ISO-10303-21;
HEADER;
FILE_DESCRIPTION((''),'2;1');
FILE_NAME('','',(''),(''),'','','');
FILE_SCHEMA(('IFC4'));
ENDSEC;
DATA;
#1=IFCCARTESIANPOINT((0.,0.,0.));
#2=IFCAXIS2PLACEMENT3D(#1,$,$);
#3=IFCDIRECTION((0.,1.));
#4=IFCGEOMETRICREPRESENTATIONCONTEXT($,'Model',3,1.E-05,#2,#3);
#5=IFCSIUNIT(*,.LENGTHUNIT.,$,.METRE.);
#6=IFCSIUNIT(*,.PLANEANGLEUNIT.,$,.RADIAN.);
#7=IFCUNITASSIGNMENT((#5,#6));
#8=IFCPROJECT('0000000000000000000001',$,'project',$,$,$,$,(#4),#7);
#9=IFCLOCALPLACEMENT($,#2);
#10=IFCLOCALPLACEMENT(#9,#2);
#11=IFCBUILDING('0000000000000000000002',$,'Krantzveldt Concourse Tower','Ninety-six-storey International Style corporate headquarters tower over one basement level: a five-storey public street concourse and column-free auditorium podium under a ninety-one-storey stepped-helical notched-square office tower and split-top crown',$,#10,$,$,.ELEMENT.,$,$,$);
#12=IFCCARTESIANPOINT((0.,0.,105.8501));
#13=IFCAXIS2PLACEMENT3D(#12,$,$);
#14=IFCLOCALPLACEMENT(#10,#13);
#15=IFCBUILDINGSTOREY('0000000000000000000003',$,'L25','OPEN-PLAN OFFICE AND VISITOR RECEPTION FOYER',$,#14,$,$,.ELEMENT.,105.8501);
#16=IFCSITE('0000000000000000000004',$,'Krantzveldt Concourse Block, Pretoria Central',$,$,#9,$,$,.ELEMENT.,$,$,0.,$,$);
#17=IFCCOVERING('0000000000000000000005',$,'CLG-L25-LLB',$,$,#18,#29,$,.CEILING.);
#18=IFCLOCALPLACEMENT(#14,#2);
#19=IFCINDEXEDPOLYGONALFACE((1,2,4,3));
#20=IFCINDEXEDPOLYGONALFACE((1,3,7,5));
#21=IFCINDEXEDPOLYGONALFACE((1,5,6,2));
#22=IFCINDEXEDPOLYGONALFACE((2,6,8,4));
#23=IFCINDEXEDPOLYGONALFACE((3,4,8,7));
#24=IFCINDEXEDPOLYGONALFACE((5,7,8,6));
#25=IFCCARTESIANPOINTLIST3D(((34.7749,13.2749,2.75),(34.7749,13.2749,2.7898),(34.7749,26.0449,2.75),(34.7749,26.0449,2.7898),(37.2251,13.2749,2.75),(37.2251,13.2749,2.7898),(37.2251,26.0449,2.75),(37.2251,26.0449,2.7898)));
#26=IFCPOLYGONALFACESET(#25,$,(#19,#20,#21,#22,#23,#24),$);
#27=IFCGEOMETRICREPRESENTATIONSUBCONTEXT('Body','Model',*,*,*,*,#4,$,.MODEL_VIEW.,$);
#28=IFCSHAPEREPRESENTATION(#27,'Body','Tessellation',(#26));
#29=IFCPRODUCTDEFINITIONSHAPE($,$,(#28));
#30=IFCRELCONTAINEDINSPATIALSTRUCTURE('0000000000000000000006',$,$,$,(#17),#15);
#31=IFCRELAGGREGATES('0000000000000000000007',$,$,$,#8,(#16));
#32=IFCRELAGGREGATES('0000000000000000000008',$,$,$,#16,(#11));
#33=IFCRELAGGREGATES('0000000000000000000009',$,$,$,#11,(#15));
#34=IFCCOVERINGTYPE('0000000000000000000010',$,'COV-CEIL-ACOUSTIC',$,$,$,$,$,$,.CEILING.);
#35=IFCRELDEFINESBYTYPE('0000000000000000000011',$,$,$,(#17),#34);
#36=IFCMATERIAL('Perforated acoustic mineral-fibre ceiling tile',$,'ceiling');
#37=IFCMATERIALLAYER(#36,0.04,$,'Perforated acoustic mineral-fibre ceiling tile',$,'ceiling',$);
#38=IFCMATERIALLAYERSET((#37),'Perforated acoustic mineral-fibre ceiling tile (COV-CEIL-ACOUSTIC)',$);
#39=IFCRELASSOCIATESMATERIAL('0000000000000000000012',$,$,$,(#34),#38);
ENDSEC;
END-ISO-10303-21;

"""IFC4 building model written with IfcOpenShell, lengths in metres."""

from ifc_helpers import new_model, si_unit, direction, frame, origin, place, context, subcontext, project, spatial, polyline, outline, extrude, material, layer, layer_set, type_object, element, save


model = new_model("IFC4")

# Units and contexts
model_context = context("Model", 3, precision=1e-05, world=origin(), true_north=direction((0.0, 1.0)))
body_context = subcontext(model_context, "Body", "Model", "MODEL_VIEW")
ifc_project = project(units=[si_unit("LENGTHUNIT", "METRE"), si_unit("PLANEANGLEUNIT", "RADIAN")], contexts=[model_context])

# Site, building, storey
site_placement = place(None, origin())
site = spatial("IfcSite", under=ifc_project, at=site_placement, Name="Krantzveldt Concourse Block, Pretoria Central", CompositionType="ELEMENT", RefElevation=0.0)
building_placement = place(site_placement, origin())
building = spatial("IfcBuilding", under=site, at=building_placement, Name="Krantzveldt Concourse Tower", Description="Ninety-six-storey International Style corporate headquarters tower over one basement level: a five-storey public street concourse and column-free auditorium podium under a ninety-one-storey stepped-helical notched-square office tower and split-top crown", CompositionType="ELEMENT")
storey_placement = place(building_placement, frame((0.0, 0.0, 105.8501)))
storey = spatial("IfcBuildingStorey", under=building, at=storey_placement, Name="L25", Description="OPEN-PLAN OFFICE AND VISITOR RECEPTION FOYER", CompositionType="ELEMENT", Elevation=105.8501)

# Covering
ifc_material_1 = material(Name="Perforated acoustic mineral-fibre ceiling tile", Category="ceiling")
ifc_layer_1 = layer(ifc_material_1, 0.04, Name="Perforated acoustic mineral-fibre ceiling tile", Category="ceiling")
ifc_layer_set_1 = layer_set([ifc_layer_1], Name="Perforated acoustic mineral-fibre ceiling tile (COV-CEIL-ACOUSTIC)")
covering_type = type_object("IfcCoveringType", Name="COV-CEIL-ACOUSTIC", PredefinedType="CEILING", material=ifc_layer_set_1)
covering_placement = place(storey_placement, frame((0.0, 0.0, 2.75)))
element("IfcCovering", 1, at=covering_placement, inside=storey, type_object=covering_type, Name="CLG-L25-LLB", PredefinedType="CEILING", context=body_context, shape_type="SweptSolid", body=[
    extrude(outline(polyline([(37.2251, 13.2749), (34.7749, 13.2749), (34.7749, 26.0449), (37.2251, 26.0449), (37.2251, 13.2749)])), origin(), (0.0, 0.0, 1.0), 0.0398),
])

save(model, "model.ifc")
